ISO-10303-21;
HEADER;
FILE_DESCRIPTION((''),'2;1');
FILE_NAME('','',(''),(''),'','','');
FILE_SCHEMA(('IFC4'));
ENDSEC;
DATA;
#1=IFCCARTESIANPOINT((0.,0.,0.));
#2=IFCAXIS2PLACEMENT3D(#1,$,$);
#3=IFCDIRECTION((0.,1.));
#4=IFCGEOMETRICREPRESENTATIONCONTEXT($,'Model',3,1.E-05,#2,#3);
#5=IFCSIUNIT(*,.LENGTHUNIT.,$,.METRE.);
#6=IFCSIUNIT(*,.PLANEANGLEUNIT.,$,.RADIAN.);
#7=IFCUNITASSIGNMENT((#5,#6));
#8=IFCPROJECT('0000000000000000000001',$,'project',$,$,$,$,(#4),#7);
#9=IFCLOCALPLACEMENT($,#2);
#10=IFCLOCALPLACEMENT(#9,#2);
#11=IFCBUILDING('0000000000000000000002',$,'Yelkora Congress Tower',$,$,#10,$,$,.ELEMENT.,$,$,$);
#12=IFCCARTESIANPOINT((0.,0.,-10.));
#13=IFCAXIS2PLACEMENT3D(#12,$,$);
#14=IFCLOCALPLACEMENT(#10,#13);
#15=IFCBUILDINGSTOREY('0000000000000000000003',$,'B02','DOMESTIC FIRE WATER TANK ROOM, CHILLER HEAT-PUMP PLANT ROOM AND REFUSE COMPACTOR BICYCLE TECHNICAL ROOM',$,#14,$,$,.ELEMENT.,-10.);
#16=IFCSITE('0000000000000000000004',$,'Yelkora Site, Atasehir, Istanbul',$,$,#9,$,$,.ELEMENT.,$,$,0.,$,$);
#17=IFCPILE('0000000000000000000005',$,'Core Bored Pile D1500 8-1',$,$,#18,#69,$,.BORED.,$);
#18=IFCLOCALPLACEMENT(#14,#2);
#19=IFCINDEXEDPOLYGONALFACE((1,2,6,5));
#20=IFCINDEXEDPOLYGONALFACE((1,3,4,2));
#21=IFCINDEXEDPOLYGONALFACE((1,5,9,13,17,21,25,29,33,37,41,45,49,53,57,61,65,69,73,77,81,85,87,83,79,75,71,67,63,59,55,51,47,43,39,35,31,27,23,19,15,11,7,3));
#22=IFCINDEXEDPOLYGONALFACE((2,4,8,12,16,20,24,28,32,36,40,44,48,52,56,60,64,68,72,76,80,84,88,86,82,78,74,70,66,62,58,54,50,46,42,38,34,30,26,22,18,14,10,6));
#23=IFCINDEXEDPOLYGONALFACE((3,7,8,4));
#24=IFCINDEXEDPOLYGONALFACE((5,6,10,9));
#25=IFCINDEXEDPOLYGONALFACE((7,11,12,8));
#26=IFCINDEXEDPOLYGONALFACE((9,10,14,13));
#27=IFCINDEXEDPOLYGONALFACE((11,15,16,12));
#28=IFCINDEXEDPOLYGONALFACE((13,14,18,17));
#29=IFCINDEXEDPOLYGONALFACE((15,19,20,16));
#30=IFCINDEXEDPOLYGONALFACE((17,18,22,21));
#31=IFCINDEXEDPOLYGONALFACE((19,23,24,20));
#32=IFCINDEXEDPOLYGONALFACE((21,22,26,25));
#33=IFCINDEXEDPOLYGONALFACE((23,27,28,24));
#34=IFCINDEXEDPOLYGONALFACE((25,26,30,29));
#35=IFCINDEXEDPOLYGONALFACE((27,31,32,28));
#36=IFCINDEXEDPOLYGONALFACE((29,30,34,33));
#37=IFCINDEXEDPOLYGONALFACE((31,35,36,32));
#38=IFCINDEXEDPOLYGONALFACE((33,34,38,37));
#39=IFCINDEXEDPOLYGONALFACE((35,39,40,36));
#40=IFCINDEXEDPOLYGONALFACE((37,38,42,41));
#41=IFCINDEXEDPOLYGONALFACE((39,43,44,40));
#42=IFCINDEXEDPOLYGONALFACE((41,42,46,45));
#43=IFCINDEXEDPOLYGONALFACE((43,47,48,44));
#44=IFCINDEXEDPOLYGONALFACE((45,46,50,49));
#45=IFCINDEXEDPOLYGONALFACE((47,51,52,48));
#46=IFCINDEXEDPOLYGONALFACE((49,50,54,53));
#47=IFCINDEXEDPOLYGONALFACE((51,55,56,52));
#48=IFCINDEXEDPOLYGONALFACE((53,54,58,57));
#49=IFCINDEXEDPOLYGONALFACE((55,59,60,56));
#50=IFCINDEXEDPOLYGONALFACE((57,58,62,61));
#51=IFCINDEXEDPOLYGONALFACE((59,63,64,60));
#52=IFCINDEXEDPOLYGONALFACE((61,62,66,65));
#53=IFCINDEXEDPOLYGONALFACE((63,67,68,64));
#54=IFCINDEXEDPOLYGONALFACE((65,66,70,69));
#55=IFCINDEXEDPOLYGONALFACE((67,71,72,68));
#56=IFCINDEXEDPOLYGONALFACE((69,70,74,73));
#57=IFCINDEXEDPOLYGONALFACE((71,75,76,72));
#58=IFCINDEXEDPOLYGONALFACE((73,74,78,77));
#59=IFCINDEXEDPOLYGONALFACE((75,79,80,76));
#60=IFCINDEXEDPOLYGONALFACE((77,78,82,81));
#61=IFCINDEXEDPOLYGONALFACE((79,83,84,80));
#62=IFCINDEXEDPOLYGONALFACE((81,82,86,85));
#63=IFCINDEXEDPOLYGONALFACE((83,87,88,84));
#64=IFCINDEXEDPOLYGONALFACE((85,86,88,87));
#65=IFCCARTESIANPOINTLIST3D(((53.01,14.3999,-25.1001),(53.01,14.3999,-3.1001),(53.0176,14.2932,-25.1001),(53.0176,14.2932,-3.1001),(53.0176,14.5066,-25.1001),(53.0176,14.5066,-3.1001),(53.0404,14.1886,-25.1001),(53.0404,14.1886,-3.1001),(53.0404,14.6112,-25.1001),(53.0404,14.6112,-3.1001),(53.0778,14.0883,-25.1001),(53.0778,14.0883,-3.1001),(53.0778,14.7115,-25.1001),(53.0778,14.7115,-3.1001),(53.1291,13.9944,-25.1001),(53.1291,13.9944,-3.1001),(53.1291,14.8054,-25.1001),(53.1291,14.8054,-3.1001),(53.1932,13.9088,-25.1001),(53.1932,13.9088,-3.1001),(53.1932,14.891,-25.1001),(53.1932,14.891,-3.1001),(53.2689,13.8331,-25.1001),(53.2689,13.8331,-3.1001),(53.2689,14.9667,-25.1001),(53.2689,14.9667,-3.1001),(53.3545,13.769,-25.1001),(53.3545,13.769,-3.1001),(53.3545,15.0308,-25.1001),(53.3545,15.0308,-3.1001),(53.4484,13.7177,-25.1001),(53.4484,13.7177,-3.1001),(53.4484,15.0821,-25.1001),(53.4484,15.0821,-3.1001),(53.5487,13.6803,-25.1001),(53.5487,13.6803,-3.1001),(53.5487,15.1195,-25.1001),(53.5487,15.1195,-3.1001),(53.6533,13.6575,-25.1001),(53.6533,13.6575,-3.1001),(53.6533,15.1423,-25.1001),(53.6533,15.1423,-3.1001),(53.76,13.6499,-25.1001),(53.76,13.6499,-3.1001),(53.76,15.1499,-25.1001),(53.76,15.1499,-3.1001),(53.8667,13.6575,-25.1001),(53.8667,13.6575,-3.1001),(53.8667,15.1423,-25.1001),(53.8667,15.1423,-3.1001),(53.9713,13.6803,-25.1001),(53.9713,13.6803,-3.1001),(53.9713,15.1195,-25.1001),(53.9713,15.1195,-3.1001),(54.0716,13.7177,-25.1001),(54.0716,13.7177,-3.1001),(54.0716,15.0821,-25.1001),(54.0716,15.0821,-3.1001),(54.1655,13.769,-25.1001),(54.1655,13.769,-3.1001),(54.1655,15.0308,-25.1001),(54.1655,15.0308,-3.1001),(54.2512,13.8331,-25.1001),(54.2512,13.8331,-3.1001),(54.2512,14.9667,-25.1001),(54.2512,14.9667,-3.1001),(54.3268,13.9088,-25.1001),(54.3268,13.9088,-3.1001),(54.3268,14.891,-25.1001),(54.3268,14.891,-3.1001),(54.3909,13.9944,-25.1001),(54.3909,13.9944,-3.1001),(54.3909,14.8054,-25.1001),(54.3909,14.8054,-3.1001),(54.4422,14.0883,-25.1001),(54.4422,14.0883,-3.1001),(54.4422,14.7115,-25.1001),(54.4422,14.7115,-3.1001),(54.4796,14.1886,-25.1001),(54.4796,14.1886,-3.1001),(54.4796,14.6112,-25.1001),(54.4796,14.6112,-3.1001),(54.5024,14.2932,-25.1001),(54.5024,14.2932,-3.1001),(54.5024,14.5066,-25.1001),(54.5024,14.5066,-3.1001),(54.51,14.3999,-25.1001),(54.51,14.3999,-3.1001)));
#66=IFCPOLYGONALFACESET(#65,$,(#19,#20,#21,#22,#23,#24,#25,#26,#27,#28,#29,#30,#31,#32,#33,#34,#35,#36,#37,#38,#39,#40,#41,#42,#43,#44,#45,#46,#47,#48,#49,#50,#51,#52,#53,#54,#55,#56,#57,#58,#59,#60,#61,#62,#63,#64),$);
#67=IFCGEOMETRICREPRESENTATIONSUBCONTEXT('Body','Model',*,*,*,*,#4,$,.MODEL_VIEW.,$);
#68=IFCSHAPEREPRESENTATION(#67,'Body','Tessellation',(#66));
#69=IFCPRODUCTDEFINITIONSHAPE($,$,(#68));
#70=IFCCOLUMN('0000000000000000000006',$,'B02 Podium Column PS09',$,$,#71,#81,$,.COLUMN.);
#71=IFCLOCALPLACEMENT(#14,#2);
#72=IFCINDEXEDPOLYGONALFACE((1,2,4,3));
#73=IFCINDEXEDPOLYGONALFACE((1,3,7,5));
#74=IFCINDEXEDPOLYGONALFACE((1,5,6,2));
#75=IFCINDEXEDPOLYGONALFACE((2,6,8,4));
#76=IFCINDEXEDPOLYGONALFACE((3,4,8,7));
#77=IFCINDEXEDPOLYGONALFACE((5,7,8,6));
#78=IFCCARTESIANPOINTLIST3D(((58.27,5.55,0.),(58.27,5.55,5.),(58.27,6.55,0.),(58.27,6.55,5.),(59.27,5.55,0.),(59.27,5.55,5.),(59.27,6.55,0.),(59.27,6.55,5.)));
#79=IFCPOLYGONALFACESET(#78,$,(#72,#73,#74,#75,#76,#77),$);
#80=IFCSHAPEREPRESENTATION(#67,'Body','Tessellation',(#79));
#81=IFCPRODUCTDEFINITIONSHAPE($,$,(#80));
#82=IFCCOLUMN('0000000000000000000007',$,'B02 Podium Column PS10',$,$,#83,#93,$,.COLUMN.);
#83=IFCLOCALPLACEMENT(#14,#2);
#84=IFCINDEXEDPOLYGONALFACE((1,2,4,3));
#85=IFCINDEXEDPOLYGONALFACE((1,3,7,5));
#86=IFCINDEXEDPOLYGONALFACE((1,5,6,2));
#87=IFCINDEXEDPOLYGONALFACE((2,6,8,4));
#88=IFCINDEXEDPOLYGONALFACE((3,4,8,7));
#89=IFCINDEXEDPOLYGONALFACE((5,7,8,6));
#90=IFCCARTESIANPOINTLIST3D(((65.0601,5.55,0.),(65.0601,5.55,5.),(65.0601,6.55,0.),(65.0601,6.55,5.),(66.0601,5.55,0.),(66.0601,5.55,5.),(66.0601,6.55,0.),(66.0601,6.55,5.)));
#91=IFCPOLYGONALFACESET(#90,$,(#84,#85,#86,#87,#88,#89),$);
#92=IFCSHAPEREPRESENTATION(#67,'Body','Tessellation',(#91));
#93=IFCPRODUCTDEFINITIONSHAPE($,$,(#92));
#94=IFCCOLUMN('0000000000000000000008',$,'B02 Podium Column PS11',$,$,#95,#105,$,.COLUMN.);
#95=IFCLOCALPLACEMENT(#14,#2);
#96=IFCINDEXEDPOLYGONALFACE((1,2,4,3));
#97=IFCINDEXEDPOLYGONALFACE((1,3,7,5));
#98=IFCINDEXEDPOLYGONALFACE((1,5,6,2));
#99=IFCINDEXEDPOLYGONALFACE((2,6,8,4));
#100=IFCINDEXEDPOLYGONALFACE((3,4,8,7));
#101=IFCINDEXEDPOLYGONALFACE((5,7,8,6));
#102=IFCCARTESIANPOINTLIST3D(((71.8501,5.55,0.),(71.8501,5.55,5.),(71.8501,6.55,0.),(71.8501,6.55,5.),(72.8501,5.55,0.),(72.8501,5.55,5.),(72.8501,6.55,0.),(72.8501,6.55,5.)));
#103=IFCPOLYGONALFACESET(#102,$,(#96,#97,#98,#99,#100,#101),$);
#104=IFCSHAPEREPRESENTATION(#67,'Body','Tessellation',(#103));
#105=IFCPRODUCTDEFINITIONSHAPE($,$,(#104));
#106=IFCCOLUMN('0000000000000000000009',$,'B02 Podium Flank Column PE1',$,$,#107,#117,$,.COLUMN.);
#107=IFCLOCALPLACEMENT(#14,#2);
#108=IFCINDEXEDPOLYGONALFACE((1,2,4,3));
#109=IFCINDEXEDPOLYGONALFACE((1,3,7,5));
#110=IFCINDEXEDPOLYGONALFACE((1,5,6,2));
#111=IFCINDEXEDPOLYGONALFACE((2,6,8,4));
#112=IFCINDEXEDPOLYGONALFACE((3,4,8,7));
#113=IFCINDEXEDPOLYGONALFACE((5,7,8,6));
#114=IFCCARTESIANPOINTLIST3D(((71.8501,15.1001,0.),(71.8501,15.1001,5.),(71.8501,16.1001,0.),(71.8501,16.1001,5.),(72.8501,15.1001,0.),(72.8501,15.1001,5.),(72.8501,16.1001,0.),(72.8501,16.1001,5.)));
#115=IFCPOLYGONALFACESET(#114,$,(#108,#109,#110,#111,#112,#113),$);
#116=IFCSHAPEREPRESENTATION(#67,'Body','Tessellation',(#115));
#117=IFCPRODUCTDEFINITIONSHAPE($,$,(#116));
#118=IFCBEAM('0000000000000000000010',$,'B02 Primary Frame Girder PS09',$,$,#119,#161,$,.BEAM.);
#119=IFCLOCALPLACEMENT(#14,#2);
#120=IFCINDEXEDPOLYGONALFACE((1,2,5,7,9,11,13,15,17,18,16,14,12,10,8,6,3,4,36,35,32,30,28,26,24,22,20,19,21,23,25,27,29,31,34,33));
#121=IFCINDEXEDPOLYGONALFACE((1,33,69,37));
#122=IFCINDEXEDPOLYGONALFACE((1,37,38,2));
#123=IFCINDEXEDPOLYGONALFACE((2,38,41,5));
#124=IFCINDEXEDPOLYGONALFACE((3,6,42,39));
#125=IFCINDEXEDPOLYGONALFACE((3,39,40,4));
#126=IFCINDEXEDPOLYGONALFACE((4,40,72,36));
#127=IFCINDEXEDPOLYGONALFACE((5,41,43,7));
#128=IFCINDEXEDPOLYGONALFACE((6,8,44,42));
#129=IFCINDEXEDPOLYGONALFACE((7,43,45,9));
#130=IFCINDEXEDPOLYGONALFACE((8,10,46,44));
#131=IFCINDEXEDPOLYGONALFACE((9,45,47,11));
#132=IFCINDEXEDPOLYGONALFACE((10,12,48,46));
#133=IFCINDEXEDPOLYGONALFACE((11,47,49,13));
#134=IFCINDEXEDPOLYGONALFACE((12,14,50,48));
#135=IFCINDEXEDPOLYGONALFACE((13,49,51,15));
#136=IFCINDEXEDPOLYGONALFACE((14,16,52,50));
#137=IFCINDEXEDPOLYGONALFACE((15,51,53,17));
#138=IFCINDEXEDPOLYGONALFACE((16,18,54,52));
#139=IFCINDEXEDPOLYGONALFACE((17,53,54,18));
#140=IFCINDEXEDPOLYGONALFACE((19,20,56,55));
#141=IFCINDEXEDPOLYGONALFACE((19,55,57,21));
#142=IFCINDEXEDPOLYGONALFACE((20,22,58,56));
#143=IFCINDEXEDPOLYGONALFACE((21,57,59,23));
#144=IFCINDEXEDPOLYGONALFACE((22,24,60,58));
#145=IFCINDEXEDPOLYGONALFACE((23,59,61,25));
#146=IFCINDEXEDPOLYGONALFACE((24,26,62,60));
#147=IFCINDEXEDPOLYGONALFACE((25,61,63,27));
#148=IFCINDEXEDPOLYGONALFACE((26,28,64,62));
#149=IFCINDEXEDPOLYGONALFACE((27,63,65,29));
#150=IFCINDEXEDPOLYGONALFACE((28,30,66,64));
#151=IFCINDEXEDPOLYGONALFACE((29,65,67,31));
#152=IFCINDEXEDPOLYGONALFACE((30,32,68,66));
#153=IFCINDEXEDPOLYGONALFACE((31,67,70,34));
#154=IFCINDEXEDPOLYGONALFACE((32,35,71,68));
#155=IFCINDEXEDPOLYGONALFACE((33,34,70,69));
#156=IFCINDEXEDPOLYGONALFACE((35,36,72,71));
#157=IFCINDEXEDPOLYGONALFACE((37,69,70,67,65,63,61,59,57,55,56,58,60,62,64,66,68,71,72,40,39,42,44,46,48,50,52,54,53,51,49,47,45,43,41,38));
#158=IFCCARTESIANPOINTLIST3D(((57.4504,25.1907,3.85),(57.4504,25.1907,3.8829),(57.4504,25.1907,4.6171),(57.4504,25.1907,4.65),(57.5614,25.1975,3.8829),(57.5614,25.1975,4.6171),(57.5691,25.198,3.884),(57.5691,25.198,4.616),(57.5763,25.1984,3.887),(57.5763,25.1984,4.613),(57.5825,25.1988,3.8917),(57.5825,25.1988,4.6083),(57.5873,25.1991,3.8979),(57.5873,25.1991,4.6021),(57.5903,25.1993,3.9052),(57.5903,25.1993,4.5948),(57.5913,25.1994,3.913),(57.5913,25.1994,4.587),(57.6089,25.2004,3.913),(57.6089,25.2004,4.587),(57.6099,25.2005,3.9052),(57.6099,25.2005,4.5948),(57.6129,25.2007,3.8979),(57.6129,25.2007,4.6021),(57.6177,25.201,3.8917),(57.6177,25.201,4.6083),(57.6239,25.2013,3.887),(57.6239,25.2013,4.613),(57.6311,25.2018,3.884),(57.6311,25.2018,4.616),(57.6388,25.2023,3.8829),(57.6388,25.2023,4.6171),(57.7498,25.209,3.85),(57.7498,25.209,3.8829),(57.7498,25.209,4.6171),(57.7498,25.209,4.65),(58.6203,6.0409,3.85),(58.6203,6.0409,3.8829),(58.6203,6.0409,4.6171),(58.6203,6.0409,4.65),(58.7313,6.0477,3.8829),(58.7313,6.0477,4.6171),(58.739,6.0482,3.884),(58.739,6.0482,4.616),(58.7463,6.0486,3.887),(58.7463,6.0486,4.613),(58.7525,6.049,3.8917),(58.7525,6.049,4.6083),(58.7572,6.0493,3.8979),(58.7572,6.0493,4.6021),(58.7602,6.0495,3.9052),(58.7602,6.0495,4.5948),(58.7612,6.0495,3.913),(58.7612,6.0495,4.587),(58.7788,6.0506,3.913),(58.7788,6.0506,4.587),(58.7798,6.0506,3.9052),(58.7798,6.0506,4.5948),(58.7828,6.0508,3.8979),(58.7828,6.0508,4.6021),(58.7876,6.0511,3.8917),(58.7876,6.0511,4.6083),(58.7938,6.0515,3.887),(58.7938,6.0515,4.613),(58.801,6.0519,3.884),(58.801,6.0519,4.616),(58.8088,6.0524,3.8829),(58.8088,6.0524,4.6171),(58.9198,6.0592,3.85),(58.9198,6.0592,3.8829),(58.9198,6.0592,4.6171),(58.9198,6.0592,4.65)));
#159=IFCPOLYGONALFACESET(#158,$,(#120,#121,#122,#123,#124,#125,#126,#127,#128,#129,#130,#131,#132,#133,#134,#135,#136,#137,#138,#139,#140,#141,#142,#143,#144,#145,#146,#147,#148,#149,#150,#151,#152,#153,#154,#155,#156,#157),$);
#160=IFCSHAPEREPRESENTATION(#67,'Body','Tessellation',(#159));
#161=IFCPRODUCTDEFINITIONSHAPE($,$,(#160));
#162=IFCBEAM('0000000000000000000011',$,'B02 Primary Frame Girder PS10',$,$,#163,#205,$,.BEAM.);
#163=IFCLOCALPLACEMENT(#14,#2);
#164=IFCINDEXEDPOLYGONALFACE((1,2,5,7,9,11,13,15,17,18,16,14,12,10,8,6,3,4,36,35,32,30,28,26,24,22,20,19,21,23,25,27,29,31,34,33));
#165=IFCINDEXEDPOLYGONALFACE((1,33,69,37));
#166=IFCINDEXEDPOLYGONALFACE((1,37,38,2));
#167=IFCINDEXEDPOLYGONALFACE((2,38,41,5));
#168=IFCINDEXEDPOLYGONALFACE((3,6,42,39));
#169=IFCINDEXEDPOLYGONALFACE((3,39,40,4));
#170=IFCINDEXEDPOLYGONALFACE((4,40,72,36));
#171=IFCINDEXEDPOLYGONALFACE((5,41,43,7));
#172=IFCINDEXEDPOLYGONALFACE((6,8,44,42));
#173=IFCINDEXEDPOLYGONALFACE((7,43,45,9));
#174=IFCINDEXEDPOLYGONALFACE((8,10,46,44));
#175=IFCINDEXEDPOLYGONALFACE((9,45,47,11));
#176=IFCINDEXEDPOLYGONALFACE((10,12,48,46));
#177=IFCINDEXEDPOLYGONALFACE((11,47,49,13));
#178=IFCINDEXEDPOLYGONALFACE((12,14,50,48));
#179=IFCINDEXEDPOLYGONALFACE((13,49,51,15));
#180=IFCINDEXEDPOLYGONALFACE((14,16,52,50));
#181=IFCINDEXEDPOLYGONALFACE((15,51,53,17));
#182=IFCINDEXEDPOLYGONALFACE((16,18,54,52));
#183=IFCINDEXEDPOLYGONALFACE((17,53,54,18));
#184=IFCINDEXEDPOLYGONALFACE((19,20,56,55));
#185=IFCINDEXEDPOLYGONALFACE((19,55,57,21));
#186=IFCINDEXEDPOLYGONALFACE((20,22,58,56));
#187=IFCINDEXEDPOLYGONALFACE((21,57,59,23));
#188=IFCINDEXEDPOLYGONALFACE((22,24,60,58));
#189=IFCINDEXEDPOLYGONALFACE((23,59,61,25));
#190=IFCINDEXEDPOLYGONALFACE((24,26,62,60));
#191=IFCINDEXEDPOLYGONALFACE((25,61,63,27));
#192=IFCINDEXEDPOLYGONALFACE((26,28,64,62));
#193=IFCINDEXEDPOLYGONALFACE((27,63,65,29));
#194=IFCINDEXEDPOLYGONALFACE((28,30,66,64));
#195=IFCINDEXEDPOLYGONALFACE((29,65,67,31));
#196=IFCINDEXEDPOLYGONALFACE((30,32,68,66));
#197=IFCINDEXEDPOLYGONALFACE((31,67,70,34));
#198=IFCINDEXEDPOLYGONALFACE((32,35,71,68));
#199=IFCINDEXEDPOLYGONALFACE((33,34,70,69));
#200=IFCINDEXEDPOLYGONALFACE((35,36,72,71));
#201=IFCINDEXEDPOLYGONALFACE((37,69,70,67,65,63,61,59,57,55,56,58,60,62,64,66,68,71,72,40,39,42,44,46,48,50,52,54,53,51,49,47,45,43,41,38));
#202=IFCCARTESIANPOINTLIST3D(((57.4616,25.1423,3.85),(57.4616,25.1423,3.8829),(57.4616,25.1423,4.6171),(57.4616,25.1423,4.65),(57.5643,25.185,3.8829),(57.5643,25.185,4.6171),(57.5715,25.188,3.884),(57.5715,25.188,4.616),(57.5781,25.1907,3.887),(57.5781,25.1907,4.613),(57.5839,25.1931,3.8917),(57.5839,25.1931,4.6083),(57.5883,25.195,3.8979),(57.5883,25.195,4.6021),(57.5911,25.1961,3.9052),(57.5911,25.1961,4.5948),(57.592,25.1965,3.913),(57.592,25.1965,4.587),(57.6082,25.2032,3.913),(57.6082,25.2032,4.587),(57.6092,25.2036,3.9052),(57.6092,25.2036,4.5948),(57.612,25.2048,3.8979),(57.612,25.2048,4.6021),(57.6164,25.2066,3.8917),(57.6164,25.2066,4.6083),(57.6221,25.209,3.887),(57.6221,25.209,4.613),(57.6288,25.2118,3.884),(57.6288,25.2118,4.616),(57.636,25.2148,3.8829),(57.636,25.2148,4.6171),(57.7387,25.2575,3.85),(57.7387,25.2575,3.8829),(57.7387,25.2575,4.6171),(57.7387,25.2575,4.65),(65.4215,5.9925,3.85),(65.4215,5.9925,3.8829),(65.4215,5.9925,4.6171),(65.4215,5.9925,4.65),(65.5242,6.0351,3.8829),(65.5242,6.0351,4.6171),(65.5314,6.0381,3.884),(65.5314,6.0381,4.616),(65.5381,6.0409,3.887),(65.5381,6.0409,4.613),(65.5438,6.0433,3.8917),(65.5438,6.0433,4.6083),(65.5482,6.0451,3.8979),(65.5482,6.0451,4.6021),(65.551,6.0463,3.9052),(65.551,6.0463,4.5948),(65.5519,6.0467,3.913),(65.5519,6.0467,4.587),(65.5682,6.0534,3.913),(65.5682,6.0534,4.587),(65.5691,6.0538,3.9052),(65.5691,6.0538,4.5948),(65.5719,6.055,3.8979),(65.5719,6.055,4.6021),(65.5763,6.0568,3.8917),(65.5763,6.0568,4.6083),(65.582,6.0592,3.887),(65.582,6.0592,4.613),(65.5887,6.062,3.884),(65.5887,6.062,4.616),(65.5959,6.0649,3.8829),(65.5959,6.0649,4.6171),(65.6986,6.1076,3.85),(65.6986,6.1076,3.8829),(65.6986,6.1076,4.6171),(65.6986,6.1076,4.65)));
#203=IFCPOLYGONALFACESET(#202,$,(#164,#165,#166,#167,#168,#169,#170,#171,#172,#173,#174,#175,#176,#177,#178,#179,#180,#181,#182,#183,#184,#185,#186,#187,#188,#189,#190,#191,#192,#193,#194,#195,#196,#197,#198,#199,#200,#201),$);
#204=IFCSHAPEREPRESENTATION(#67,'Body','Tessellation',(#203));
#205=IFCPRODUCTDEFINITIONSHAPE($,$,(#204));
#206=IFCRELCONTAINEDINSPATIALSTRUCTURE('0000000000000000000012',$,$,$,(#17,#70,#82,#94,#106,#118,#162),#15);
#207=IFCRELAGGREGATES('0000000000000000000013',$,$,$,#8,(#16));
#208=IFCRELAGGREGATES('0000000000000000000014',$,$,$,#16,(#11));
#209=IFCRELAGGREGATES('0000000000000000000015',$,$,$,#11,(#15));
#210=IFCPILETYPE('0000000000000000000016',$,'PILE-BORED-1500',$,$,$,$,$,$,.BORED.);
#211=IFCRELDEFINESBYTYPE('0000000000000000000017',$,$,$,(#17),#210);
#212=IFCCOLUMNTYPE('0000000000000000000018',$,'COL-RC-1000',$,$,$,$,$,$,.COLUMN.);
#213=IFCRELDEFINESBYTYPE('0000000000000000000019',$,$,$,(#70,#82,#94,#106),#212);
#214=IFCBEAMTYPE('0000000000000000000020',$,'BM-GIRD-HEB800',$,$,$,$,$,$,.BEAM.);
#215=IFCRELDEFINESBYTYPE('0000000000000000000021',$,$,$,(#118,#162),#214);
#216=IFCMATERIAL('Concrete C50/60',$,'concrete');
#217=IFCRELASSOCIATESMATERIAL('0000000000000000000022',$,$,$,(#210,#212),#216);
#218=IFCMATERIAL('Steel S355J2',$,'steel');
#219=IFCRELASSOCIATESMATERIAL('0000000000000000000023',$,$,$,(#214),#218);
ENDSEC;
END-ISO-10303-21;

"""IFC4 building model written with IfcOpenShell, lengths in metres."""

from ifc_helpers import new_model, si_unit, direction, frame, origin, origin_2d, place, context, subcontext, project, spatial, rectangle, circle, i_section, extrude, material, material_profile, profile_set, type_object, element, save


model = new_model("IFC4")

# Units and contexts
model_context = context("Model", 3, precision=1e-05, world=origin(), true_north=direction((0.0, 1.0)))
body_context = subcontext(model_context, "Body", "Model", "MODEL_VIEW")
ifc_project = project(units=[si_unit("LENGTHUNIT", "METRE"), si_unit("PLANEANGLEUNIT", "RADIAN")], contexts=[model_context])

# Site, building, storey
site_placement = place(None, origin())
site = spatial("IfcSite", under=ifc_project, at=site_placement, Name="Yelkora Site, Atasehir, Istanbul", CompositionType="ELEMENT", RefElevation=0.0)
building_placement = place(site_placement, origin())
building = spatial("IfcBuilding", under=site, at=building_placement, Name="Yelkora Congress Tower", CompositionType="ELEMENT")
storey_placement = place(building_placement, frame((0.0, 0.0, -10.0)))
storey = spatial("IfcBuildingStorey", under=building, at=storey_placement, Name="B02", Description="DOMESTIC FIRE WATER TANK ROOM, CHILLER HEAT-PUMP PLANT ROOM AND REFUSE COMPACTOR BICYCLE TECHNICAL ROOM", CompositionType="ELEMENT", Elevation=-10.0)

# Pile
ifc_material_1 = material(Name="Concrete C50/60", Category="concrete")
ifc_material_profile_1 = material_profile(ifc_material_1, circle(Radius=0.75, at=origin_2d()), Name="PILE D1500")
ifc_profile_set_1 = profile_set([ifc_material_profile_1], Name="Concrete C50/60")
pile_type_1 = type_object("IfcPileType", Name="PILE-BORED-1500", PredefinedType="BORED", material=ifc_profile_set_1)
pile_placement = place(storey_placement, frame((53.76, 14.3999, -3.1001), z_axis=(0.0, 0.0, -1.0), x_axis=(1.0, 0.0, 0.0)))
element("IfcPile", 1, at=pile_placement, inside=storey, type_object=pile_type_1, Name="Core Bored Pile D1500 8-1", PredefinedType="BORED", context=body_context, shape_type="SweptSolid", body=[
    extrude(circle(Radius=0.75, at=origin_2d()), origin(), (0.0, 0.0, 1.0), 22.0),
])

# Columns
ifc_material_profile_2 = material_profile(ifc_material_1, rectangle(XDim=1.0, YDim=1.0, at=origin_2d()), Name="RC 1000x1000")
ifc_profile_set_2 = profile_set([ifc_material_profile_2], Name="Concrete C50/60")
column_type = type_object("IfcColumnType", Name="COL-RC-1000", PredefinedType="COLUMN", material=ifc_profile_set_2)
for number, where, z_axis, x_axis, name in (
    (2, (58.77, 6.05, 0.0), (0.0, 0.0, 1.0), (1.0, 0.0, 0.0), "B02 Podium Column PS09"),
    (3, (65.5601, 6.05, 0.0), (0.0, 0.0, 1.0), (1.0, 0.0, 0.0), "B02 Podium Column PS10"),
    (4, (72.3501, 6.05, 0.0), (0.0, 0.0, 1.0), (1.0, 0.0, 0.0), "B02 Podium Column PS11"),
    (5, (72.3501, 15.6001, 0.0), (0.0, 0.0, 1.0), (1.0, 0.0, 0.0), "B02 Podium Flank Column PE1"),
):
    element("IfcColumn", number, at=place(storey_placement, frame(where, z_axis=z_axis, x_axis=x_axis)), inside=storey, type_object=column_type, Name=name, PredefinedType="COLUMN", context=body_context, shape_type="SweptSolid", body=[
        extrude(rectangle(XDim=1.0, YDim=1.0, at=origin_2d()), origin(), (0.0, 0.0, 1.0), 5.0),
    ])

# Beams
ifc_material_2 = material(Name="Steel S355J2", Category="steel")
ifc_material_profile_3 = material_profile(ifc_material_2, i_section(OverallWidth=0.3, OverallDepth=0.8, WebThickness=0.0176, FlangeThickness=0.033, FilletRadius=0.03, at=origin_2d()), Name="HEB 800")
ifc_profile_set_3 = profile_set([ifc_material_profile_3], Name="Steel S355J2")
beam_type_1 = type_object("IfcBeamType", Name="BM-GIRD-HEB800", PredefinedType="BEAM", material=ifc_profile_set_3)
beam_1_placement = place(storey_placement, frame((58.77, 6.05, 4.25), z_axis=(-0.060979, 0.998139, 0.0), x_axis=(-0.998139, -0.060979, 0.0)))
element("IfcBeam", 6, at=beam_1_placement, inside=storey, type_object=beam_type_1, Name="B02 Primary Frame Girder PS09", PredefinedType="BEAM", context=body_context, shape_type="SweptSolid", body=[
    extrude(i_section(OverallWidth=0.3, OverallDepth=0.8, WebThickness=0.0176, FlangeThickness=0.033, FilletRadius=0.03, at=origin_2d()), origin(), (0.0, 0.0, 1.0), 19.1855),
])
beam_2_placement = place(storey_placement, frame((65.5601, 6.05, 4.25), z_axis=(-0.383828, 0.923405, 0.0), x_axis=(-0.923405, -0.383828, 0.0)))
element("IfcBeam", 7, at=beam_2_placement, inside=storey, type_object=beam_type_1, Name="B02 Primary Frame Girder PS10", PredefinedType="BEAM", context=body_context, shape_type="SweptSolid", body=[
    extrude(i_section(OverallWidth=0.3, OverallDepth=0.8, WebThickness=0.0176, FlangeThickness=0.033, FilletRadius=0.03, at=origin_2d()), origin(), (0.0, 0.0, 1.0), 20.7383),
])

save(model, "model.ifc")
